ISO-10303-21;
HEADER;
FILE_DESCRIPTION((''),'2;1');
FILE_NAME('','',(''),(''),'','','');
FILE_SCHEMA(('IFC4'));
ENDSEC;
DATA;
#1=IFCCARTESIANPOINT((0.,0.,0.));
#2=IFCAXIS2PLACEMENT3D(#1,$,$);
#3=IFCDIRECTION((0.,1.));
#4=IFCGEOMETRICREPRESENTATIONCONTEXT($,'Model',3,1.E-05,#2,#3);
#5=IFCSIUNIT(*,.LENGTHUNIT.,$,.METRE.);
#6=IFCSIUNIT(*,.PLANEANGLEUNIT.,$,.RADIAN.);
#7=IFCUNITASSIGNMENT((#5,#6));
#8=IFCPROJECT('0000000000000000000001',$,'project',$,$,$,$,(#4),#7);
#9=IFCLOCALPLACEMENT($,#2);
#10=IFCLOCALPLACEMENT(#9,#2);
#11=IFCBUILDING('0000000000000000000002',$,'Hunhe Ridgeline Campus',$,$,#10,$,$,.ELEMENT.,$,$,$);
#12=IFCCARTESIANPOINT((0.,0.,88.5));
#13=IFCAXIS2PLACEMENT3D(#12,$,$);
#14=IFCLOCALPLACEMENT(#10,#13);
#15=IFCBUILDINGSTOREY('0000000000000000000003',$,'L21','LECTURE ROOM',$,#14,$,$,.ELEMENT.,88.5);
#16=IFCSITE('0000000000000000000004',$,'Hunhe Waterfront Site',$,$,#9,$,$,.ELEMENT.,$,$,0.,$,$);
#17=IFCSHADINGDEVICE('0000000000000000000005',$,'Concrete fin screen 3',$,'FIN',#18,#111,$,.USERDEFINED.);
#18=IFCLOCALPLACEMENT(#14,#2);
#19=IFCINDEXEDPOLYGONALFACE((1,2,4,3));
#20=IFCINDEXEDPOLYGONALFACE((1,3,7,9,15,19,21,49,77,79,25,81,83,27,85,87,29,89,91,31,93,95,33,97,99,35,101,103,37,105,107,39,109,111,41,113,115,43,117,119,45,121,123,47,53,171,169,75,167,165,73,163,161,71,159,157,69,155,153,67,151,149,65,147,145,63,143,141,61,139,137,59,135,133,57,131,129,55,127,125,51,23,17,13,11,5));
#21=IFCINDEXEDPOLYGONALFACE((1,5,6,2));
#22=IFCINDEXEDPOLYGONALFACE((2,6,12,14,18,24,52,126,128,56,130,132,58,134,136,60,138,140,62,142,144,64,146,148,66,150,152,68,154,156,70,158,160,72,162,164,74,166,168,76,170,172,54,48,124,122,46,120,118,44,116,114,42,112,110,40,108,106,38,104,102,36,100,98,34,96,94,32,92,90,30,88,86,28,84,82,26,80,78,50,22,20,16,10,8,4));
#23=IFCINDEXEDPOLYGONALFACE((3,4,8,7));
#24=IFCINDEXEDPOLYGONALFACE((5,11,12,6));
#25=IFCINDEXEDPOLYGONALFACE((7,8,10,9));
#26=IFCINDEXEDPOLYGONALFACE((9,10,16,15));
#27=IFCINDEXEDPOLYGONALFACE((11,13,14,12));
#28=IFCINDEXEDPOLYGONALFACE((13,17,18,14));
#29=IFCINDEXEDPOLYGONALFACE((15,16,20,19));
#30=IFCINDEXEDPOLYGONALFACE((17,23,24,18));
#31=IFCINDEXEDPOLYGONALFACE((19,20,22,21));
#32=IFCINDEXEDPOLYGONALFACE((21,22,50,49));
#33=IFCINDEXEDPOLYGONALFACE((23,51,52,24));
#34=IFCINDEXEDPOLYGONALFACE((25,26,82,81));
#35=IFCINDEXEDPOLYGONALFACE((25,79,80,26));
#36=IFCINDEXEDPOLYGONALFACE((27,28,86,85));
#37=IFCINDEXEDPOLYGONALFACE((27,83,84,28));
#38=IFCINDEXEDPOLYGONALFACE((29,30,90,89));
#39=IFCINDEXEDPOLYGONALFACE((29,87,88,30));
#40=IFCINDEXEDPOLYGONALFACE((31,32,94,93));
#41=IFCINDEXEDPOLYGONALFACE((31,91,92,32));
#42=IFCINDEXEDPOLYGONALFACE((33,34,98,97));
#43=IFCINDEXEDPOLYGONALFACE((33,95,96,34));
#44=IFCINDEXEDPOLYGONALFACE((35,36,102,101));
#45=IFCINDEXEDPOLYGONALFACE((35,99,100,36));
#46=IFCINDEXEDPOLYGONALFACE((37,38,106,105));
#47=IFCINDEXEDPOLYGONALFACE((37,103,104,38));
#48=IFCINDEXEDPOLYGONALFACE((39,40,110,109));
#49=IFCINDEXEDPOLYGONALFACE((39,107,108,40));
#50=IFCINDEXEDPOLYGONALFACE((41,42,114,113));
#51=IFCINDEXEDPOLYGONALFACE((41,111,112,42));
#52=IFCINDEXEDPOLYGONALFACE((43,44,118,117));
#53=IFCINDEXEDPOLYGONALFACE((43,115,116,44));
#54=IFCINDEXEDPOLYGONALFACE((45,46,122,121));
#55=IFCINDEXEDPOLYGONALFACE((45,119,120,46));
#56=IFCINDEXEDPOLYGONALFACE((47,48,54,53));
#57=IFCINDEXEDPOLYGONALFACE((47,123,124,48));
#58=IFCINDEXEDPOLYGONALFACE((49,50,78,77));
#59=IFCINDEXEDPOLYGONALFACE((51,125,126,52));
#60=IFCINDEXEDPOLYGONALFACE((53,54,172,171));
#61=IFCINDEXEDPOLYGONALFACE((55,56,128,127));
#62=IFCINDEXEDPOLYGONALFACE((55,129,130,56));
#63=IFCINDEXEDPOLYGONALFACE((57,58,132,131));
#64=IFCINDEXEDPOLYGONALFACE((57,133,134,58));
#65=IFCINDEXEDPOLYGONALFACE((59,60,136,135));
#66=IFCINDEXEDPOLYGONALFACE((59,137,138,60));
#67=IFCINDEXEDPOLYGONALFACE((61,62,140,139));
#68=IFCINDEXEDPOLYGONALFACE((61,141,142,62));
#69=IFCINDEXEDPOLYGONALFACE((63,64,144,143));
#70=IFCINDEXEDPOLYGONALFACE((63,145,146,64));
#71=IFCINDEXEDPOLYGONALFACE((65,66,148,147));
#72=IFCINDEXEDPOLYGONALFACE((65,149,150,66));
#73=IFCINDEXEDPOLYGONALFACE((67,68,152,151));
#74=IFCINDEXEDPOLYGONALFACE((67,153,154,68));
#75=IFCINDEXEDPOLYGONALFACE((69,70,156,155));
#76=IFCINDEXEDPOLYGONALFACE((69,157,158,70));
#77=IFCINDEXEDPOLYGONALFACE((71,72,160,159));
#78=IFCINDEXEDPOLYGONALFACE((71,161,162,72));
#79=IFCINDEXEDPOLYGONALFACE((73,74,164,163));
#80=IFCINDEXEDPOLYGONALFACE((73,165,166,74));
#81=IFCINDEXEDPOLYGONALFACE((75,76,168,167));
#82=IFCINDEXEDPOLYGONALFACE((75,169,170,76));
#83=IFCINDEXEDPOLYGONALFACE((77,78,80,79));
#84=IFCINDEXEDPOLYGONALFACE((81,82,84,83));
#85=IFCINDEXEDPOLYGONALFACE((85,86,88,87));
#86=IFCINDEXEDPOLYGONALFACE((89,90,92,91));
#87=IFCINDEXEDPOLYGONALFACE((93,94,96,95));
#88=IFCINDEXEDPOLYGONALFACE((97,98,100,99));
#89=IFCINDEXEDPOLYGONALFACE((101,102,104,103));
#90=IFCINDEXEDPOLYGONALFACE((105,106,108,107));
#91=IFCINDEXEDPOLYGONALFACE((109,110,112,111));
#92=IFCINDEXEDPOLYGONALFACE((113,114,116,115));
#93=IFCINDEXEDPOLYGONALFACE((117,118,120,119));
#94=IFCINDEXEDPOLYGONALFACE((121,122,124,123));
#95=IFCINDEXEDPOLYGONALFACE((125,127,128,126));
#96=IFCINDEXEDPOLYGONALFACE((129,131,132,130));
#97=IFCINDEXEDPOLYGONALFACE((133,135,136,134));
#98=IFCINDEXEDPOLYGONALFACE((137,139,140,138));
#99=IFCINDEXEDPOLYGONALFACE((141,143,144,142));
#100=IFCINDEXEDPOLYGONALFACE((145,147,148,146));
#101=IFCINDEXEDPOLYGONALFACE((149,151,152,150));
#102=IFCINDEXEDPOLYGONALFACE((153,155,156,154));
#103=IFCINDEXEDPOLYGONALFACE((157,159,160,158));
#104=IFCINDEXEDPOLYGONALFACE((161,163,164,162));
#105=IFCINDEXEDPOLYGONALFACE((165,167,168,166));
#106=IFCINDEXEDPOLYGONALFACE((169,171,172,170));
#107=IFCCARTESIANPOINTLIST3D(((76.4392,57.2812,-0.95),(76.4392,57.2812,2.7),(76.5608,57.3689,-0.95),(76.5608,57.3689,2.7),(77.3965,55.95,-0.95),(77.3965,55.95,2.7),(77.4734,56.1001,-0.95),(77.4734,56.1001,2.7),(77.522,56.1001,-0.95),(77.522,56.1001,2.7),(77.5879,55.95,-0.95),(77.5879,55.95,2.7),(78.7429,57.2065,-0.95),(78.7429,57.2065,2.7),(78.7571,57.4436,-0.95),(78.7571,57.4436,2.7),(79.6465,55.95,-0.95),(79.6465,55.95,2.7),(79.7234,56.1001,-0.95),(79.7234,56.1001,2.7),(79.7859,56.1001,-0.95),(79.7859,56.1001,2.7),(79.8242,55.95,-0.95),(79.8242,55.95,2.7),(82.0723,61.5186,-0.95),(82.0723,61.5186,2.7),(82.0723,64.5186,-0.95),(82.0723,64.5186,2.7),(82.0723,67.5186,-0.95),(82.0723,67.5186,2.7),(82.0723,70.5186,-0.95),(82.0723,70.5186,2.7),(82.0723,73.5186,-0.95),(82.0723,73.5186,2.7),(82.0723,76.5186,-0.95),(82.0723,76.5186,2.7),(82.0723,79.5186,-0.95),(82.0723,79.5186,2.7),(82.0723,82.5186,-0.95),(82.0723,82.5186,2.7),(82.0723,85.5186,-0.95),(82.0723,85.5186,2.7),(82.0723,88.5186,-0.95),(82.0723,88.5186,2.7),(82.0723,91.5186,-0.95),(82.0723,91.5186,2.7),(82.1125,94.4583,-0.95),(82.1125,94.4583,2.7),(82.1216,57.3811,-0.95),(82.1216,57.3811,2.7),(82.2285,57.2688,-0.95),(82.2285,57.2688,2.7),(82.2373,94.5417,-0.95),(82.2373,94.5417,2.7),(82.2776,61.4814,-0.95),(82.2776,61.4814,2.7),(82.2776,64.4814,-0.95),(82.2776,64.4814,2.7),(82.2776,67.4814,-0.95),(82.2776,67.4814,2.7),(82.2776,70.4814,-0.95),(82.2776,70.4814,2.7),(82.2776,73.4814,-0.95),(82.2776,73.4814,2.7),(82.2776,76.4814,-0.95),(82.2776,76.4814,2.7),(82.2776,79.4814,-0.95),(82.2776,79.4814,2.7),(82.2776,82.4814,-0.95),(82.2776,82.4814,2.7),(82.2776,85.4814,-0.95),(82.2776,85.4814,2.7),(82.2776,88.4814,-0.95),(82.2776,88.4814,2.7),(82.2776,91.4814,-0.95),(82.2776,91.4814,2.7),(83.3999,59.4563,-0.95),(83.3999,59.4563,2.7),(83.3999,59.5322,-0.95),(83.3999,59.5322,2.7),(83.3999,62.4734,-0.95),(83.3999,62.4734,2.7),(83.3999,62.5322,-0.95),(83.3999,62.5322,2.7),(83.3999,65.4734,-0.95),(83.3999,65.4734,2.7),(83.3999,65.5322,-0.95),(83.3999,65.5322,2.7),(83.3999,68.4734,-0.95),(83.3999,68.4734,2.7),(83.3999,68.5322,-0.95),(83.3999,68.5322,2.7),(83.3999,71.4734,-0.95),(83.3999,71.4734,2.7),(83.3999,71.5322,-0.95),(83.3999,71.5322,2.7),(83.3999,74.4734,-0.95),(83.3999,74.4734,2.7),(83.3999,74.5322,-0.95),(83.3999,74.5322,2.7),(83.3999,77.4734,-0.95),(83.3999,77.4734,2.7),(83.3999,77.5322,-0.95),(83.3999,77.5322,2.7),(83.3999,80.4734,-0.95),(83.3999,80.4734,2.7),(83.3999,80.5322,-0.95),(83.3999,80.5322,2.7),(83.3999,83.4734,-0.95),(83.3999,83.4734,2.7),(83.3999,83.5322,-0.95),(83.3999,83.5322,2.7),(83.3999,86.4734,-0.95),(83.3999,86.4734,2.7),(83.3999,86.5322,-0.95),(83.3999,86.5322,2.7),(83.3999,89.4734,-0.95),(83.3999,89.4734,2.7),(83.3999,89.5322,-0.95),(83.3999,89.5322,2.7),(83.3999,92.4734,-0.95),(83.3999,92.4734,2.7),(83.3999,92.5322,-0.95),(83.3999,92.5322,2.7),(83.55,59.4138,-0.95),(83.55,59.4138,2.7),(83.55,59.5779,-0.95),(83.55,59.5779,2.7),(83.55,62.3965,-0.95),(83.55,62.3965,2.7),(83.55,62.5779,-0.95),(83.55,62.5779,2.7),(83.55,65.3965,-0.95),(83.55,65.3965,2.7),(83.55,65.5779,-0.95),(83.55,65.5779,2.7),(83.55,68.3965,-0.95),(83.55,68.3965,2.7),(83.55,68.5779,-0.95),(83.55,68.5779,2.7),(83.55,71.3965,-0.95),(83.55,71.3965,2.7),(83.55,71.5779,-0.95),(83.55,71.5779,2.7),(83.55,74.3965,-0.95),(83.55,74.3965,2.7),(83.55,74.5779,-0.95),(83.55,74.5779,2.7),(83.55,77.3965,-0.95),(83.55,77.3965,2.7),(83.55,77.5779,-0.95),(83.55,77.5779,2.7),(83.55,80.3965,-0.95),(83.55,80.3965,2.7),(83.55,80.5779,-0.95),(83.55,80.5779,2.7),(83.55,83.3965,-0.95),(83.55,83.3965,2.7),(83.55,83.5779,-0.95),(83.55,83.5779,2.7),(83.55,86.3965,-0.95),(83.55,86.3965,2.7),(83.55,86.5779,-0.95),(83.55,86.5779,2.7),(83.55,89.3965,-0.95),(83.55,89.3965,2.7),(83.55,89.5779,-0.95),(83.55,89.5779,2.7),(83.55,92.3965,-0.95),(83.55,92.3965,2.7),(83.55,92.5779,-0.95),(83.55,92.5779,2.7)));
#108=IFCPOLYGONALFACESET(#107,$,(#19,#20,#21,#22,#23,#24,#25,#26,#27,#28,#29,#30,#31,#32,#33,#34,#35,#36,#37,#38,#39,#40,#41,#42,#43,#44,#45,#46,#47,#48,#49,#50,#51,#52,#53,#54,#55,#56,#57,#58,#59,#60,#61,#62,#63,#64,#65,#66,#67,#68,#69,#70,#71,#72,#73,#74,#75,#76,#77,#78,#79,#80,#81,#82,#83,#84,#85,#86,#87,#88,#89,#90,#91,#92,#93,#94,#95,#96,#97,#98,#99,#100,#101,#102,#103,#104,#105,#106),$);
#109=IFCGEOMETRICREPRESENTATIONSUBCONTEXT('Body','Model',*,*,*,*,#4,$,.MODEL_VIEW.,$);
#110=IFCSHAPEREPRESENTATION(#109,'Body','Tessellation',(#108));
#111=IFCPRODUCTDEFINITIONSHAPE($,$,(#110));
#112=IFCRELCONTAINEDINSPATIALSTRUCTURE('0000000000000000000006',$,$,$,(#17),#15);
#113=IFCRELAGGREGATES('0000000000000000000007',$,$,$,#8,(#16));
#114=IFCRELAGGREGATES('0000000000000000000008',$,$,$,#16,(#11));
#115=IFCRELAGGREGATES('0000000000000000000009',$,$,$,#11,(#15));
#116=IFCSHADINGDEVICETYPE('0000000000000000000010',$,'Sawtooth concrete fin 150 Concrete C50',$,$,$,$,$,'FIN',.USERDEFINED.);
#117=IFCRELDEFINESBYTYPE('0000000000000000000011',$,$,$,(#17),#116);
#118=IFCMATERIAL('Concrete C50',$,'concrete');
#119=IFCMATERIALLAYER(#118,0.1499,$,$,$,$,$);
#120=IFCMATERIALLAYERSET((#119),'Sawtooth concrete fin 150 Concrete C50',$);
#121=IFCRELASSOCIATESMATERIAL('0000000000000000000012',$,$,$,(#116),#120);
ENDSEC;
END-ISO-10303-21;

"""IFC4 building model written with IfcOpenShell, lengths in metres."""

from ifc_helpers import new_model, si_unit, direction, frame, origin, place, context, subcontext, project, spatial, polyline, outline, extrude, material, layer, layer_set, type_object, element, save


model = new_model("IFC4")

# Units and contexts
model_context = context("Model", 3, precision=1e-05, world=origin(), true_north=direction((0.0, 1.0)))
body_context = subcontext(model_context, "Body", "Model", "MODEL_VIEW")
ifc_project = project(units=[si_unit("LENGTHUNIT", "METRE"), si_unit("PLANEANGLEUNIT", "RADIAN")], contexts=[model_context])

# Site, building, storey
site_placement = place(None, origin())
site = spatial("IfcSite", under=ifc_project, at=site_placement, Name="Hunhe Waterfront Site", CompositionType="ELEMENT", RefElevation=0.0)
building_placement = place(site_placement, origin())
building = spatial("IfcBuilding", under=site, at=building_placement, Name="Hunhe Ridgeline Campus", CompositionType="ELEMENT")
storey_placement = place(building_placement, frame((0.0, 0.0, 88.5)))
storey = spatial("IfcBuildingStorey", under=building, at=storey_placement, Name="L21", Description="LECTURE ROOM", CompositionType="ELEMENT", Elevation=88.5)

# Shading device
ifc_material_1 = material(Name="Concrete C50", Category="concrete")
ifc_layer_1 = layer(ifc_material_1, 0.1499)
ifc_layer_set_1 = layer_set([ifc_layer_1], Name="Sawtooth concrete fin 150 Concrete C50")
shading_device_type = type_object("IfcShadingDeviceType", Name="Sawtooth concrete fin 150 Concrete C50", ElementType="FIN", PredefinedType="USERDEFINED", material=ifc_layer_set_1)
shading_device_1_placement = place(storey_placement, frame((0.0, 0.0, -0.95)))
element("IfcShadingDevice", 1, at=shading_device_1_placement, inside=storey, type_object=shading_device_type, Name="Concrete fin screen 3", ObjectType="FIN", PredefinedType="USERDEFINED", context=body_context, shape_type="SweptSolid", body=[
    extrude(outline(polyline([(76.5608, 57.3689), (76.4392, 57.2812), (77.3965, 55.95), (77.5879, 55.95), (78.7429, 57.2065), (79.6465, 55.95), (79.8242, 55.95), (82.2285, 57.2688), (83.55, 59.4138), (83.55, 59.5779), (82.2776, 61.4814), (83.55, 62.3965), (83.55, 62.5779), (82.2776, 64.4814), (83.55, 65.3965), (83.55, 65.5779), (82.2776, 67.4814), (83.55, 68.3965), (83.55, 68.5779), (82.2776, 70.4814), (83.55, 71.3965), (83.55, 71.5779), (82.2776, 73.4814), (83.55, 74.3965), (83.55, 74.5779), (82.2776, 76.4814), (83.55, 77.3965), (83.55, 77.5779), (82.2776, 79.4814), (83.55, 80.3965), (83.55, 80.5779), (82.2776, 82.4814), (83.55, 83.3965), (83.55, 83.5779), (82.2776, 85.4814), (83.55, 86.3965), (83.55, 86.5779), (82.2776, 88.4814), (83.55, 89.3965), (83.55, 89.5779), (82.2776, 91.4814), (83.55, 92.3965), (83.55, 92.5779), (82.2373, 94.5417), (82.1125, 94.4583), (83.3999, 92.5322), (83.3999, 92.4734), (82.0723, 91.5186), (83.3999, 89.5322), (83.3999, 89.4734), (82.0723, 88.5186), (83.3999, 86.5322), (83.3999, 86.4734), (82.0723, 85.5186), (83.3999, 83.5322), (83.3999, 83.4734), (82.0723, 82.5186), (83.3999, 80.5322), (83.3999, 80.4734), (82.0723, 79.5186), (83.3999, 77.5322), (83.3999, 77.4734), (82.0723, 76.5186), (83.3999, 74.5322), (83.3999, 74.4734), (82.0723, 73.5186), (83.3999, 71.5322), (83.3999, 71.4734), (82.0723, 70.5186), (83.3999, 68.5322), (83.3999, 68.4734), (82.0723, 67.5186), (83.3999, 65.5322), (83.3999, 65.4734), (82.0723, 64.5186), (83.3999, 62.5322), (83.3999, 62.4734), (82.0723, 61.5186), (83.3999, 59.5322), (83.3999, 59.4563), (82.1216, 57.3811), (79.7859, 56.1001), (79.7234, 56.1001), (78.7571, 57.4436), (77.522, 56.1001), (77.4734, 56.1001), (76.5608, 57.3689)])), origin(), (0.0, 0.0, 1.0), 3.6499),
])

save(model, "model.ifc")
